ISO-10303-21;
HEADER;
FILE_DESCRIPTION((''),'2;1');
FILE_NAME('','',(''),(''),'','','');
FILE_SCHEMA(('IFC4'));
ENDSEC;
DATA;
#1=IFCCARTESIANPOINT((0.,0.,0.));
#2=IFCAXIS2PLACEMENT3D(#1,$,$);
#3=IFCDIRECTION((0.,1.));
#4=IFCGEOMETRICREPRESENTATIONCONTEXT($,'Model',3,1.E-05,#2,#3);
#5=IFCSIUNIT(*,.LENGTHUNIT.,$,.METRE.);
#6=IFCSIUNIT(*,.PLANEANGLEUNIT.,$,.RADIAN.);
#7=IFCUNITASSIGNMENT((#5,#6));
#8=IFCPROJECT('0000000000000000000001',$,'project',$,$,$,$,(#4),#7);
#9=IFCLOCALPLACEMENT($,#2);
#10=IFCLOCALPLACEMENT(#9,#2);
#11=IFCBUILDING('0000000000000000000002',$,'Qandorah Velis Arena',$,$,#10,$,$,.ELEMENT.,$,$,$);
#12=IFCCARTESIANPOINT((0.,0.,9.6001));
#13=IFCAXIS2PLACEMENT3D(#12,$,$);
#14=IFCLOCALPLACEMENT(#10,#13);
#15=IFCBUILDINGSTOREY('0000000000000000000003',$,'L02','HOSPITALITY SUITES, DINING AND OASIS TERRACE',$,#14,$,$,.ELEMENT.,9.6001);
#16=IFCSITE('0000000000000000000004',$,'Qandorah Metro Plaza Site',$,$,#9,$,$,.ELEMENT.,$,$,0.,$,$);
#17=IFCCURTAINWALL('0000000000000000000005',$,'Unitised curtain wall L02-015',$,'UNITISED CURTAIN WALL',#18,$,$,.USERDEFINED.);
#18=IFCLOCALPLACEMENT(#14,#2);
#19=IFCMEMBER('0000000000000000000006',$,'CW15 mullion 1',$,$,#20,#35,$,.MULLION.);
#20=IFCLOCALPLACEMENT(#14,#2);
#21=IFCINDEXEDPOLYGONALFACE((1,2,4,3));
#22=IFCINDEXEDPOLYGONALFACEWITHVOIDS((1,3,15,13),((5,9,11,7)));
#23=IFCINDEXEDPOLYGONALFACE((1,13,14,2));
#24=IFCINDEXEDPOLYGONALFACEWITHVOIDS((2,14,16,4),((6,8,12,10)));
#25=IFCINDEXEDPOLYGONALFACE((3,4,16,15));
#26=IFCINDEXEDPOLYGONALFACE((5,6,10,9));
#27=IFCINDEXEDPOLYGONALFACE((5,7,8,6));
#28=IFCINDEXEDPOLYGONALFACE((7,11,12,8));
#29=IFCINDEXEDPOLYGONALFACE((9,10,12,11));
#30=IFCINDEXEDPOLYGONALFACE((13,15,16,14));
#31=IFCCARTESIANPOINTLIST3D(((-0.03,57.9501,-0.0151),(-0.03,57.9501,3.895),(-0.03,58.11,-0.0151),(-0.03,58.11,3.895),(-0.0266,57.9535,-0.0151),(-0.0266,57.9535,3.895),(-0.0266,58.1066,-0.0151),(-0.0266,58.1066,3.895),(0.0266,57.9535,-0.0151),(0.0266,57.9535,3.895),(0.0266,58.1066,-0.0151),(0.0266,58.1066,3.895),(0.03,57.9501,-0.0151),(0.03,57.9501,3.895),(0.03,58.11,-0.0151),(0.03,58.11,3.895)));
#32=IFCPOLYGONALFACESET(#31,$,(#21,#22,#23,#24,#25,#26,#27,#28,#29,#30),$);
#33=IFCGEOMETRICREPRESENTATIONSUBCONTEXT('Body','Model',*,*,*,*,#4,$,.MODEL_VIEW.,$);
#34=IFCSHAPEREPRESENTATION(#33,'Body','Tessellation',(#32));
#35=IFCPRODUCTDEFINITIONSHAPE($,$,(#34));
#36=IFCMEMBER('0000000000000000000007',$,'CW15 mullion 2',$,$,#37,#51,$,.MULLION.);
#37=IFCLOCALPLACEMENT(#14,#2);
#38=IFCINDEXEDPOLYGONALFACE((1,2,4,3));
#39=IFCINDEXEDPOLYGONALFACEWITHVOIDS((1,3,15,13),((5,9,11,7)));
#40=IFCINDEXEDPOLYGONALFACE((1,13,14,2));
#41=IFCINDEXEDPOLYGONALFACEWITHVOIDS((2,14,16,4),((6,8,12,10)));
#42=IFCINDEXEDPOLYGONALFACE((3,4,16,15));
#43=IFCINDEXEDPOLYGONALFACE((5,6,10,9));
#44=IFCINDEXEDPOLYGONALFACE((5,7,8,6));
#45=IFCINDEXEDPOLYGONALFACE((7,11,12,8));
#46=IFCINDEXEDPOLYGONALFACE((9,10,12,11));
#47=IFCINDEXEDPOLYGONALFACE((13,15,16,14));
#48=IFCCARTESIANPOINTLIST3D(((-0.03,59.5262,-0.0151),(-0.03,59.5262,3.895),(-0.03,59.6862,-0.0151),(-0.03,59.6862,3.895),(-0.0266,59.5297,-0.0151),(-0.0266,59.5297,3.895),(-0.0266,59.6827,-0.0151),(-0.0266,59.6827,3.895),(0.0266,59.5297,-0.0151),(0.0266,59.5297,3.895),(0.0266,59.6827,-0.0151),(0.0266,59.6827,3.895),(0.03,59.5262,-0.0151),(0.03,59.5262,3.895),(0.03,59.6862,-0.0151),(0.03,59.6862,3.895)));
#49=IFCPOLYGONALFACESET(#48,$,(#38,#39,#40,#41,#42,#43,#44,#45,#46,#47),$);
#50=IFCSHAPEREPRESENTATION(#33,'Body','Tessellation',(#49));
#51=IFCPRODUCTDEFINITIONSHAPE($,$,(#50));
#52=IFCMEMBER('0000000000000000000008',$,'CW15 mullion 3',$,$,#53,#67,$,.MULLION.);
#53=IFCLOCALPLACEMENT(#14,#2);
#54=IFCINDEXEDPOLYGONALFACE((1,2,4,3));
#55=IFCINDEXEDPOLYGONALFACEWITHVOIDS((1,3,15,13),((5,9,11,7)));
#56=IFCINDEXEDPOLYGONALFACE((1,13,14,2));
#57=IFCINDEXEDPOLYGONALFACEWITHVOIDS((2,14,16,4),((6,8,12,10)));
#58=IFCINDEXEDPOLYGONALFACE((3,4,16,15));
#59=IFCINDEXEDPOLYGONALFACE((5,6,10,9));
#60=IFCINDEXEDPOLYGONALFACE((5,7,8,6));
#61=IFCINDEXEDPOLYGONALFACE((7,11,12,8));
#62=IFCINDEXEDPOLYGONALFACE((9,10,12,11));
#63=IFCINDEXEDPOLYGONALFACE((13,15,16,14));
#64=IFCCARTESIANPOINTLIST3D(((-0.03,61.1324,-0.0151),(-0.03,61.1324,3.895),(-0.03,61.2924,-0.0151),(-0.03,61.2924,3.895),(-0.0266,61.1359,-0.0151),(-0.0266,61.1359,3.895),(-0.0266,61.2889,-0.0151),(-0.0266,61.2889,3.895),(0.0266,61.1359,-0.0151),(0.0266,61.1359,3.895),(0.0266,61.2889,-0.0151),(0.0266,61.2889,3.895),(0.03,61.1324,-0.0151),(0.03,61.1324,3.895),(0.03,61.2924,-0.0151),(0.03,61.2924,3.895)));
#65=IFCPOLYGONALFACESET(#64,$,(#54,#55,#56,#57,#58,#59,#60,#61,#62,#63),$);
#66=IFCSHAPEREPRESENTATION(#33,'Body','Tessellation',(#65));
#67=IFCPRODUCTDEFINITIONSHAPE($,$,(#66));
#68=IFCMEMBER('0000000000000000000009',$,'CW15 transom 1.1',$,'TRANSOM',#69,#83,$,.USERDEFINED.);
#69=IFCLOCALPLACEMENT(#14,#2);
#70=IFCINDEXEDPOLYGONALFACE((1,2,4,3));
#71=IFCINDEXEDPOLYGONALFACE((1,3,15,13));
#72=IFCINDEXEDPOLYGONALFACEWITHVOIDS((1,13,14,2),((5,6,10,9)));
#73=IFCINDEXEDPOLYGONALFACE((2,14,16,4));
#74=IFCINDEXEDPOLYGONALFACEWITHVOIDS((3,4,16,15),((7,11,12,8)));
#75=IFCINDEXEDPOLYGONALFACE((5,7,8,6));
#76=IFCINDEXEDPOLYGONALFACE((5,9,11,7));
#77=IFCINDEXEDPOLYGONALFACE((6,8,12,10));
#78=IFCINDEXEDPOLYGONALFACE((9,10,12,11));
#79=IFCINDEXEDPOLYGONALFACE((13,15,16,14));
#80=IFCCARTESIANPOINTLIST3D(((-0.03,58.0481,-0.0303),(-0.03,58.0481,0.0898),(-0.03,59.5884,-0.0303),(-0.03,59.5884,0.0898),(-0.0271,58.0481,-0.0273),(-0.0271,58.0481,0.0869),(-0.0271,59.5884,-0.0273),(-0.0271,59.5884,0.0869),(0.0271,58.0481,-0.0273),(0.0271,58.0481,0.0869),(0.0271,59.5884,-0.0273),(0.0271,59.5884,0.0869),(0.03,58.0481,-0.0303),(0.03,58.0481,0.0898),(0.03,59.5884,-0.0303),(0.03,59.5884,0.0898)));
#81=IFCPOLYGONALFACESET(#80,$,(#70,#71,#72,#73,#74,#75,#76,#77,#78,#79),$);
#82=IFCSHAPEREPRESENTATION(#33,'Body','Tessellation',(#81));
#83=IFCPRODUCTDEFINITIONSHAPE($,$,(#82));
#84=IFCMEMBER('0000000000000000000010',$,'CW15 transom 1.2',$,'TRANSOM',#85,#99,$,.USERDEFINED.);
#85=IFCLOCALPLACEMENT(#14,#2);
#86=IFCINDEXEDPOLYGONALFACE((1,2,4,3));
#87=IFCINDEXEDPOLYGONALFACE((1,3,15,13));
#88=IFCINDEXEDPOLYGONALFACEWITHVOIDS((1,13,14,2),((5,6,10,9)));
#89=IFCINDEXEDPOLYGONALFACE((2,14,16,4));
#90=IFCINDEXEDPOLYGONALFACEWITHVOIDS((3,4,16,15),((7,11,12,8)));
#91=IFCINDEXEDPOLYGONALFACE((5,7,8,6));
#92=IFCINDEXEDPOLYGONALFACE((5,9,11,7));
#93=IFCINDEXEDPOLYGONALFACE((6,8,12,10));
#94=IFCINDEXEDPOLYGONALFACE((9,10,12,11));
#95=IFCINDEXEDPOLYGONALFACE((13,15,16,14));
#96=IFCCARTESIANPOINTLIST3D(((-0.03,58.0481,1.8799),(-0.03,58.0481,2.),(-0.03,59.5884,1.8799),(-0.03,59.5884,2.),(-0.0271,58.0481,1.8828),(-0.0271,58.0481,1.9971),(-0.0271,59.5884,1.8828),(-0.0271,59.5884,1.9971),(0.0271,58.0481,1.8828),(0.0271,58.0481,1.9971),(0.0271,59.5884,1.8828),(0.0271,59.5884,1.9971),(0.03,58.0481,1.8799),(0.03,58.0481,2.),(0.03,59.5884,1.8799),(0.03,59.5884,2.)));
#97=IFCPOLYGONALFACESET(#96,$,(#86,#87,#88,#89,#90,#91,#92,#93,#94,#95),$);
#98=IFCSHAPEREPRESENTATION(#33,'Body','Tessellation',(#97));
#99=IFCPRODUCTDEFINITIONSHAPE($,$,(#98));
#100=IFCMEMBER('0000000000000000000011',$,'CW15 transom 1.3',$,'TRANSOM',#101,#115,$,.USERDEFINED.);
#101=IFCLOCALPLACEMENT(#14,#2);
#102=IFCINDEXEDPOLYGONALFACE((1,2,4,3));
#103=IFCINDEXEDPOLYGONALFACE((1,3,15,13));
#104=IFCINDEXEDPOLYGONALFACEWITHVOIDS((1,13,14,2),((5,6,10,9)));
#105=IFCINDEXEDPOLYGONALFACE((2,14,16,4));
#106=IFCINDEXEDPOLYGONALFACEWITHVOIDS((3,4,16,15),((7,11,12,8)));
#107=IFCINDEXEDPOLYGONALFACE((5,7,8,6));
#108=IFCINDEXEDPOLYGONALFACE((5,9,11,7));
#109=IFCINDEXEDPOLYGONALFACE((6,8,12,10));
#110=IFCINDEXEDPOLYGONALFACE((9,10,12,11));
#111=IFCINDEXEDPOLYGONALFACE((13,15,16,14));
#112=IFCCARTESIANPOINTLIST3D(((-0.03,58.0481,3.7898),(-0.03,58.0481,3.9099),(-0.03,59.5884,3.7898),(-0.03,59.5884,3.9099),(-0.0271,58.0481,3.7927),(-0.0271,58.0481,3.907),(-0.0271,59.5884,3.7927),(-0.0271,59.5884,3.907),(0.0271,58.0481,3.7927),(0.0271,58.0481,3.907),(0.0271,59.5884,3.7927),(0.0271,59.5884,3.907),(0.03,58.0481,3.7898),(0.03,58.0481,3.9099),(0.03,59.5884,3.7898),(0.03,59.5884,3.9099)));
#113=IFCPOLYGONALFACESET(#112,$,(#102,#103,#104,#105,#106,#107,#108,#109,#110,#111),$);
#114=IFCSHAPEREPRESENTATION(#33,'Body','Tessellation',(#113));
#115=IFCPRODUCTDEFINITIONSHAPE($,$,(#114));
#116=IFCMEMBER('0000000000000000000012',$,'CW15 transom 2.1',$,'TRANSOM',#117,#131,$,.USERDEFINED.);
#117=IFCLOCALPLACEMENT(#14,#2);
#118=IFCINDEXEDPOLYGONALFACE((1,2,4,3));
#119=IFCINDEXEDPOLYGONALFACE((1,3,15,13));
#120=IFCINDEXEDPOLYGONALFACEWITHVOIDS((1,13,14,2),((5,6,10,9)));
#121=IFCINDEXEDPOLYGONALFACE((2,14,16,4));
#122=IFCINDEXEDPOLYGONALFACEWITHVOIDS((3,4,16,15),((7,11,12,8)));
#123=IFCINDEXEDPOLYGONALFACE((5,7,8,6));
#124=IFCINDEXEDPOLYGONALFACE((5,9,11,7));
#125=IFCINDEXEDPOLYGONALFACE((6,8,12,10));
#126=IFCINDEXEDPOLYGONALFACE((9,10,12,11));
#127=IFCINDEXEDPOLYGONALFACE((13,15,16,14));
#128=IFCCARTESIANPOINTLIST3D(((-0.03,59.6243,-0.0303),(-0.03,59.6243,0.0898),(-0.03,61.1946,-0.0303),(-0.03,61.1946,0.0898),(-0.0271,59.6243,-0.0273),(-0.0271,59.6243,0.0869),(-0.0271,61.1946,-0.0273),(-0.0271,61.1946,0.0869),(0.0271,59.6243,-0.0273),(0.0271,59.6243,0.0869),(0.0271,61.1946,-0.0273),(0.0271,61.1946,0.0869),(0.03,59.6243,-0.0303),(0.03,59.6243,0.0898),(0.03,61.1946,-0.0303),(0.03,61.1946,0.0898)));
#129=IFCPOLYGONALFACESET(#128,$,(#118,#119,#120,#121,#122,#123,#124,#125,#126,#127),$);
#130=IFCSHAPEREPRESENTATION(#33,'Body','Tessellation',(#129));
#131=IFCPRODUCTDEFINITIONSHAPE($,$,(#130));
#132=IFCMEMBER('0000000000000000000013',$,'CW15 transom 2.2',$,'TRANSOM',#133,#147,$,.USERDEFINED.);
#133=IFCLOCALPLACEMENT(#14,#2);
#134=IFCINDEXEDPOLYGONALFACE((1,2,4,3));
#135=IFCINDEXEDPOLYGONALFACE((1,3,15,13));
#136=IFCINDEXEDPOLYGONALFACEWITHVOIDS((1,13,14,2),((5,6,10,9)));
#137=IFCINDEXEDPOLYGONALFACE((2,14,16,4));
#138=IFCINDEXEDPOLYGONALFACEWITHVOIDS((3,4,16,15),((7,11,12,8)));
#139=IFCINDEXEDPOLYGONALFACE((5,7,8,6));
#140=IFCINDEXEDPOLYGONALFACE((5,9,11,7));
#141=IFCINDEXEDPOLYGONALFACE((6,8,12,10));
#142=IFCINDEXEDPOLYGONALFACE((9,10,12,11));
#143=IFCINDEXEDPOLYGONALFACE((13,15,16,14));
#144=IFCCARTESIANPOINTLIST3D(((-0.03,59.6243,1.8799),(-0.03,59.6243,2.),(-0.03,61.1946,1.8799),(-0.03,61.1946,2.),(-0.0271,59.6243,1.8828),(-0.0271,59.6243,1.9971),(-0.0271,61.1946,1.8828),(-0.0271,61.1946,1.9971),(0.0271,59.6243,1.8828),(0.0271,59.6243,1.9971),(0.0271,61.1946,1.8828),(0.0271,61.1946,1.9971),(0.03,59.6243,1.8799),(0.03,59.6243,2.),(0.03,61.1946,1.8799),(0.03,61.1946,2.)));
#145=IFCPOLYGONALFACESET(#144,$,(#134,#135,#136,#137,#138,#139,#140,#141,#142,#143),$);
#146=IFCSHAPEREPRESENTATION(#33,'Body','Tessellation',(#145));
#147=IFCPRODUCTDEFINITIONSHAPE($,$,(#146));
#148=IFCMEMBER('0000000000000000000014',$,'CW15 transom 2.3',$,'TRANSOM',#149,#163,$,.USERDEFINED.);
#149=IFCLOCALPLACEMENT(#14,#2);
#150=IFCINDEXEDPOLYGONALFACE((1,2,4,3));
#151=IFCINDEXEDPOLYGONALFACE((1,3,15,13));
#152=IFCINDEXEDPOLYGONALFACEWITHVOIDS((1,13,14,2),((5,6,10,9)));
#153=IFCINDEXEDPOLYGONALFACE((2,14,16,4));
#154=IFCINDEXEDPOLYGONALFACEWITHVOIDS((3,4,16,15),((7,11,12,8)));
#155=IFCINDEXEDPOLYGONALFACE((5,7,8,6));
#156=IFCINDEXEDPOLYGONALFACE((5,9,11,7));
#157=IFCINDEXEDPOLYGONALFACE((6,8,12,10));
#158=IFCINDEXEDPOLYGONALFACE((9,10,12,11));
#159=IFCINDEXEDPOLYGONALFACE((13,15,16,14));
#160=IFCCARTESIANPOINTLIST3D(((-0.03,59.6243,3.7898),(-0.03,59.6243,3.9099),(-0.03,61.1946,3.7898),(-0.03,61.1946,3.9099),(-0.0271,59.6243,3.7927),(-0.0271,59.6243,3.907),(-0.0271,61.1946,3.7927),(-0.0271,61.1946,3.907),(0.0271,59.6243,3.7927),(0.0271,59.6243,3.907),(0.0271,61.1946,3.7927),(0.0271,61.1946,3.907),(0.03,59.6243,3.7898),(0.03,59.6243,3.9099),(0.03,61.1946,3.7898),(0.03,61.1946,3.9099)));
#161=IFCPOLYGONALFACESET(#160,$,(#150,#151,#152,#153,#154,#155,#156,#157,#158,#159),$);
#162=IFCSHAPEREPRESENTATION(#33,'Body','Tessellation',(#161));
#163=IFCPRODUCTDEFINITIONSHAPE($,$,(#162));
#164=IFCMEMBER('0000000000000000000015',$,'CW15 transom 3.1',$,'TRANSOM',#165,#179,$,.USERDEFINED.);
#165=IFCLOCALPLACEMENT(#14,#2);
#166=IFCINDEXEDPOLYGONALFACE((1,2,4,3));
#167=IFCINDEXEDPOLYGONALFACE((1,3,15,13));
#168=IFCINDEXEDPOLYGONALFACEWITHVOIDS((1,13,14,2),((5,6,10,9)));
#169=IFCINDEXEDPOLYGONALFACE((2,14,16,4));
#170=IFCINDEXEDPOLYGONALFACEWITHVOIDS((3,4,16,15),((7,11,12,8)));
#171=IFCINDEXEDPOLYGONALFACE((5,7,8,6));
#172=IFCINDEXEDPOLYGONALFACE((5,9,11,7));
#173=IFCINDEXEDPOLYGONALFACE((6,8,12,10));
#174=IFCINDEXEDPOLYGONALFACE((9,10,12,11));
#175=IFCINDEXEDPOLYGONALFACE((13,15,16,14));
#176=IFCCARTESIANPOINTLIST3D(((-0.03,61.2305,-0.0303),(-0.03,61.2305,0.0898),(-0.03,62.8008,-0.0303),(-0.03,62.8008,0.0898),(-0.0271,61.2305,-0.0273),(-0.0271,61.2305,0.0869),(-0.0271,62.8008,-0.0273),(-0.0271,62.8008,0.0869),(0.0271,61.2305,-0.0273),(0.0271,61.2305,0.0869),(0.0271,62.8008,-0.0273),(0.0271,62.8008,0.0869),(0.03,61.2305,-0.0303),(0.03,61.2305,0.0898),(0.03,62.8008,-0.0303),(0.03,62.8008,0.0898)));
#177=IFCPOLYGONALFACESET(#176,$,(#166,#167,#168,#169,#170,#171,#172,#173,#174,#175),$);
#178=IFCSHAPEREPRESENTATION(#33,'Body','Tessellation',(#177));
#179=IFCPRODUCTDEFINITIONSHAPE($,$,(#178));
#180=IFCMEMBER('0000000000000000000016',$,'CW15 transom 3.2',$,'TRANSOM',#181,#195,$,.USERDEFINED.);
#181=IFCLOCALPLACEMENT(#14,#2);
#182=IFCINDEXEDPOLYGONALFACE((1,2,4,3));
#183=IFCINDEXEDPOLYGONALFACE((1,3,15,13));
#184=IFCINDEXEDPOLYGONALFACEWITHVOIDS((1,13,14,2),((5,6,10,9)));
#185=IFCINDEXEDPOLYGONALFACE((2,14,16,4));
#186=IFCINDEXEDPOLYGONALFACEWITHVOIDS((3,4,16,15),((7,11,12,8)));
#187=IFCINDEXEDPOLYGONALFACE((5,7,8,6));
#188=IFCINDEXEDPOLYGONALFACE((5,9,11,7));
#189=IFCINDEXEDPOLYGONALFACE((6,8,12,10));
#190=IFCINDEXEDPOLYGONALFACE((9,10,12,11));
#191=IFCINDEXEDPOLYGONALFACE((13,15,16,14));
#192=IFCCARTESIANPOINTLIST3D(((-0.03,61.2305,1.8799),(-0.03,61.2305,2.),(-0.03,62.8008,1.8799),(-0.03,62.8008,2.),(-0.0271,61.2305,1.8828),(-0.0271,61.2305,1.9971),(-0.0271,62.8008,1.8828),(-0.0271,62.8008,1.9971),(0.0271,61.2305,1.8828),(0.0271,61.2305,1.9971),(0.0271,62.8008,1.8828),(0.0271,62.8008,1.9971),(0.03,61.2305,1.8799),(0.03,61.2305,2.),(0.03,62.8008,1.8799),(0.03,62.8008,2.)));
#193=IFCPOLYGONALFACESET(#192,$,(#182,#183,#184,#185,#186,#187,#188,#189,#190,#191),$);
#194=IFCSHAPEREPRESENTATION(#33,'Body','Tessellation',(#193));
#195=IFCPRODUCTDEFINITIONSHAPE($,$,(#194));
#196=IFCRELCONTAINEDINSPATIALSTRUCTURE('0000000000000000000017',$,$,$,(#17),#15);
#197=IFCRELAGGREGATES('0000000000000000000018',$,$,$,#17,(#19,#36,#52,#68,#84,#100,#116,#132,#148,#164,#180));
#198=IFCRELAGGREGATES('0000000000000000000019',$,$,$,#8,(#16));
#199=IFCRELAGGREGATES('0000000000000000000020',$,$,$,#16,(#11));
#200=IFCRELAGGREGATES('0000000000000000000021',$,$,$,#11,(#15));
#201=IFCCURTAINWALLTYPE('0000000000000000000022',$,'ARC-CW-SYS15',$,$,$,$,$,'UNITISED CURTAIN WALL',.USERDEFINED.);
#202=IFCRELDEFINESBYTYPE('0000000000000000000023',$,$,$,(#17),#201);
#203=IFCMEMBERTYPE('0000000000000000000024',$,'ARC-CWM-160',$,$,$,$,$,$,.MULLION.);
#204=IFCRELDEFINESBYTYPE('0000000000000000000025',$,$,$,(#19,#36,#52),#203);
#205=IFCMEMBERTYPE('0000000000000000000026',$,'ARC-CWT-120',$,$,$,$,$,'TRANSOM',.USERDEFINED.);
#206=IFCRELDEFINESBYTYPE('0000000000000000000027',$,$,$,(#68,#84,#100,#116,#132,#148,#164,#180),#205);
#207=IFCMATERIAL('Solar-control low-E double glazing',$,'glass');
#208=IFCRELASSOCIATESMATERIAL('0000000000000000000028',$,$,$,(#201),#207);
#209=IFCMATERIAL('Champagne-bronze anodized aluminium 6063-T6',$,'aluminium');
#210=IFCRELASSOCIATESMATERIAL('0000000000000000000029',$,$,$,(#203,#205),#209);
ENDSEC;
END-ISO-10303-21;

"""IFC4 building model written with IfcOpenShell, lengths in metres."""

from ifc_helpers import new_model, si_unit, direction, frame, origin, origin_2d, place, context, subcontext, project, spatial, hollow_rectangle, extrude, material, material_profile, profile_set, type_object, element, aggregate, save


model = new_model("IFC4")

# Units and contexts
model_context = context("Model", 3, precision=1e-05, world=origin(), true_north=direction((0.0, 1.0)))
body_context = subcontext(model_context, "Body", "Model", "MODEL_VIEW")
ifc_project = project(units=[si_unit("LENGTHUNIT", "METRE"), si_unit("PLANEANGLEUNIT", "RADIAN")], contexts=[model_context])

# Site, building, storey
site_placement = place(None, origin())
site = spatial("IfcSite", under=ifc_project, at=site_placement, Name="Qandorah Metro Plaza Site", CompositionType="ELEMENT", RefElevation=0.0)
building_placement = place(site_placement, origin())
building = spatial("IfcBuilding", under=site, at=building_placement, Name="Qandorah Velis Arena", CompositionType="ELEMENT")
storey_placement = place(building_placement, frame((0.0, 0.0, 9.6001)))
storey = spatial("IfcBuildingStorey", under=building, at=storey_placement, Name="L02", Description="HOSPITALITY SUITES, DINING AND OASIS TERRACE", CompositionType="ELEMENT", Elevation=9.6001)

# Curtain wall, members
ifc_material_1 = material(Name="Solar-control low-E double glazing", Category="glass")
curtain_wall_type = type_object("IfcCurtainWallType", Name="ARC-CW-SYS15", ElementType="UNITISED CURTAIN WALL", PredefinedType="USERDEFINED", material=ifc_material_1)
curtain_wall_placement = place(storey_placement, origin())
curtain_wall = element("IfcCurtainWall", 1, at=curtain_wall_placement, inside=storey, type_object=curtain_wall_type, Name="Unitised curtain wall L02-015", ObjectType="UNITISED CURTAIN WALL", PredefinedType="USERDEFINED")
ifc_material_2 = material(Name="Champagne-bronze anodized aluminium 6063-T6", Category="aluminium")
ifc_material_profile_1 = material_profile(ifc_material_2, hollow_rectangle(XDim=0.0601, YDim=0.1599, WallThickness=0.0034, at=origin_2d()), Name="ALU MULLION 60x160")
ifc_profile_set_1 = profile_set([ifc_material_profile_1], Name="Champagne-bronze anodized aluminium 6063-T6")
member_type_1 = type_object("IfcMemberType", Name="ARC-CWM-160", PredefinedType="MULLION", material=ifc_profile_set_1)
member_1_placement = place(storey_placement, frame((0.0, 58.03, -0.0151), z_axis=(0.0, 0.0, 1.0), x_axis=(-1.0, 0.0, 0.0)))
member_1 = element("IfcMember", 2, at=member_1_placement, type_object=member_type_1, Name="CW15 mullion 1", PredefinedType="MULLION", context=body_context, shape_type="SweptSolid", body=[
    extrude(hollow_rectangle(XDim=0.0601, YDim=0.1599, WallThickness=0.0034, at=origin_2d()), origin(), (0.0, 0.0, 1.0), 3.9102),
])
member_2_placement = place(storey_placement, frame((0.0, 59.6062, -0.0151), z_axis=(0.0, 0.0, 1.0), x_axis=(-1.0, 0.0, 0.0)))
member_2 = element("IfcMember", 3, at=member_2_placement, type_object=member_type_1, Name="CW15 mullion 2", PredefinedType="MULLION", context=body_context, shape_type="SweptSolid", body=[
    extrude(hollow_rectangle(XDim=0.0601, YDim=0.1599, WallThickness=0.0034, at=origin_2d()), origin(), (0.0, 0.0, 1.0), 3.9102),
])
member_3_placement = place(storey_placement, frame((0.0, 61.2124, -0.0151), z_axis=(0.0, 0.0, 1.0), x_axis=(-1.0, 0.0, 0.0)))
member_3 = element("IfcMember", 4, at=member_3_placement, type_object=member_type_1, Name="CW15 mullion 3", PredefinedType="MULLION", context=body_context, shape_type="SweptSolid", body=[
    extrude(hollow_rectangle(XDim=0.0601, YDim=0.1599, WallThickness=0.0034, at=origin_2d()), origin(), (0.0, 0.0, 1.0), 3.9102),
])
ifc_material_profile_2 = material_profile(ifc_material_2, hollow_rectangle(XDim=0.0601, YDim=0.1201, WallThickness=0.0029, at=origin_2d()), Name="ALU TRANSOM 60x120")
ifc_profile_set_2 = profile_set([ifc_material_profile_2], Name="Champagne-bronze anodized aluminium 6063-T6")
member_type_2 = type_object("IfcMemberType", Name="ARC-CWT-120", ElementType="TRANSOM", PredefinedType="USERDEFINED", material=ifc_profile_set_2)
member_4_placement = place(storey_placement, frame((0.0, 58.0481, 0.0298), z_axis=(0.0, 1.0, 0.0), x_axis=(-1.0, 0.0, 0.0)))
member_4 = element("IfcMember", 5, at=member_4_placement, type_object=member_type_2, Name="CW15 transom 1.1", ObjectType="TRANSOM", PredefinedType="USERDEFINED", context=body_context, shape_type="SweptSolid", body=[
    extrude(hollow_rectangle(XDim=0.0601, YDim=0.1201, WallThickness=0.0029, at=origin_2d()), origin(), (0.0, 0.0, 1.0), 1.5403),
])
member_5_placement = place(storey_placement, frame((0.0, 58.0481, 1.9399), z_axis=(0.0, 1.0, 0.0), x_axis=(-1.0, 0.0, 0.0)))
member_5 = element("IfcMember", 6, at=member_5_placement, type_object=member_type_2, Name="CW15 transom 1.2", ObjectType="TRANSOM", PredefinedType="USERDEFINED", context=body_context, shape_type="SweptSolid", body=[
    extrude(hollow_rectangle(XDim=0.0601, YDim=0.1201, WallThickness=0.0029, at=origin_2d()), origin(), (0.0, 0.0, 1.0), 1.5403),
])
member_6_placement = place(storey_placement, frame((0.0, 58.0481, 3.8499), z_axis=(0.0, 1.0, 0.0), x_axis=(-1.0, 0.0, 0.0)))
member_6 = element("IfcMember", 7, at=member_6_placement, type_object=member_type_2, Name="CW15 transom 1.3", ObjectType="TRANSOM", PredefinedType="USERDEFINED", context=body_context, shape_type="SweptSolid", body=[
    extrude(hollow_rectangle(XDim=0.0601, YDim=0.1201, WallThickness=0.0029, at=origin_2d()), origin(), (0.0, 0.0, 1.0), 1.5403),
])
member_7_placement = place(storey_placement, frame((0.0, 59.6243, 0.0298), z_axis=(0.0, 1.0, 0.0), x_axis=(-1.0, 0.0, 0.0)))
member_7 = element("IfcMember", 8, at=member_7_placement, type_object=member_type_2, Name="CW15 transom 2.1", ObjectType="TRANSOM", PredefinedType="USERDEFINED", context=body_context, shape_type="SweptSolid", body=[
    extrude(hollow_rectangle(XDim=0.0601, YDim=0.1201, WallThickness=0.0029, at=origin_2d()), origin(), (0.0, 0.0, 1.0), 1.5703),
])
member_8_placement = place(storey_placement, frame((0.0, 59.6243, 1.9399), z_axis=(0.0, 1.0, 0.0), x_axis=(-1.0, 0.0, 0.0)))
member_8 = element("IfcMember", 9, at=member_8_placement, type_object=member_type_2, Name="CW15 transom 2.2", ObjectType="TRANSOM", PredefinedType="USERDEFINED", context=body_context, shape_type="SweptSolid", body=[
    extrude(hollow_rectangle(XDim=0.0601, YDim=0.1201, WallThickness=0.0029, at=origin_2d()), origin(), (0.0, 0.0, 1.0), 1.5703),
])
member_9_placement = place(storey_placement, frame((0.0, 59.6243, 3.8499), z_axis=(0.0, 1.0, 0.0), x_axis=(-1.0, 0.0, 0.0)))
member_9 = element("IfcMember", 10, at=member_9_placement, type_object=member_type_2, Name="CW15 transom 2.3", ObjectType="TRANSOM", PredefinedType="USERDEFINED", context=body_context, shape_type="SweptSolid", body=[
    extrude(hollow_rectangle(XDim=0.0601, YDim=0.1201, WallThickness=0.0029, at=origin_2d()), origin(), (0.0, 0.0, 1.0), 1.5703),
])
member_10_placement = place(storey_placement, frame((0.0, 61.2305, 0.0298), z_axis=(0.0, 1.0, 0.0), x_axis=(-1.0, 0.0, 0.0)))
member_10 = element("IfcMember", 11, at=member_10_placement, type_object=member_type_2, Name="CW15 transom 3.1", ObjectType="TRANSOM", PredefinedType="USERDEFINED", context=body_context, shape_type="SweptSolid", body=[
    extrude(hollow_rectangle(XDim=0.0601, YDim=0.1201, WallThickness=0.0029, at=origin_2d()), origin(), (0.0, 0.0, 1.0), 1.5703),
])
member_11_placement = place(storey_placement, frame((0.0, 61.2305, 1.9399), z_axis=(0.0, 1.0, 0.0), x_axis=(-1.0, 0.0, 0.0)))
member_11 = element("IfcMember", 12, at=member_11_placement, type_object=member_type_2, Name="CW15 transom 3.2", ObjectType="TRANSOM", PredefinedType="USERDEFINED", context=body_context, shape_type="SweptSolid", body=[
    extrude(hollow_rectangle(XDim=0.0601, YDim=0.1201, WallThickness=0.0029, at=origin_2d()), origin(), (0.0, 0.0, 1.0), 1.5703),
])

aggregate(curtain_wall, [member_1, member_2, member_3, member_4, member_5, member_6, member_7, member_8, member_9, member_10, member_11])

save(model, "model.ifc")
